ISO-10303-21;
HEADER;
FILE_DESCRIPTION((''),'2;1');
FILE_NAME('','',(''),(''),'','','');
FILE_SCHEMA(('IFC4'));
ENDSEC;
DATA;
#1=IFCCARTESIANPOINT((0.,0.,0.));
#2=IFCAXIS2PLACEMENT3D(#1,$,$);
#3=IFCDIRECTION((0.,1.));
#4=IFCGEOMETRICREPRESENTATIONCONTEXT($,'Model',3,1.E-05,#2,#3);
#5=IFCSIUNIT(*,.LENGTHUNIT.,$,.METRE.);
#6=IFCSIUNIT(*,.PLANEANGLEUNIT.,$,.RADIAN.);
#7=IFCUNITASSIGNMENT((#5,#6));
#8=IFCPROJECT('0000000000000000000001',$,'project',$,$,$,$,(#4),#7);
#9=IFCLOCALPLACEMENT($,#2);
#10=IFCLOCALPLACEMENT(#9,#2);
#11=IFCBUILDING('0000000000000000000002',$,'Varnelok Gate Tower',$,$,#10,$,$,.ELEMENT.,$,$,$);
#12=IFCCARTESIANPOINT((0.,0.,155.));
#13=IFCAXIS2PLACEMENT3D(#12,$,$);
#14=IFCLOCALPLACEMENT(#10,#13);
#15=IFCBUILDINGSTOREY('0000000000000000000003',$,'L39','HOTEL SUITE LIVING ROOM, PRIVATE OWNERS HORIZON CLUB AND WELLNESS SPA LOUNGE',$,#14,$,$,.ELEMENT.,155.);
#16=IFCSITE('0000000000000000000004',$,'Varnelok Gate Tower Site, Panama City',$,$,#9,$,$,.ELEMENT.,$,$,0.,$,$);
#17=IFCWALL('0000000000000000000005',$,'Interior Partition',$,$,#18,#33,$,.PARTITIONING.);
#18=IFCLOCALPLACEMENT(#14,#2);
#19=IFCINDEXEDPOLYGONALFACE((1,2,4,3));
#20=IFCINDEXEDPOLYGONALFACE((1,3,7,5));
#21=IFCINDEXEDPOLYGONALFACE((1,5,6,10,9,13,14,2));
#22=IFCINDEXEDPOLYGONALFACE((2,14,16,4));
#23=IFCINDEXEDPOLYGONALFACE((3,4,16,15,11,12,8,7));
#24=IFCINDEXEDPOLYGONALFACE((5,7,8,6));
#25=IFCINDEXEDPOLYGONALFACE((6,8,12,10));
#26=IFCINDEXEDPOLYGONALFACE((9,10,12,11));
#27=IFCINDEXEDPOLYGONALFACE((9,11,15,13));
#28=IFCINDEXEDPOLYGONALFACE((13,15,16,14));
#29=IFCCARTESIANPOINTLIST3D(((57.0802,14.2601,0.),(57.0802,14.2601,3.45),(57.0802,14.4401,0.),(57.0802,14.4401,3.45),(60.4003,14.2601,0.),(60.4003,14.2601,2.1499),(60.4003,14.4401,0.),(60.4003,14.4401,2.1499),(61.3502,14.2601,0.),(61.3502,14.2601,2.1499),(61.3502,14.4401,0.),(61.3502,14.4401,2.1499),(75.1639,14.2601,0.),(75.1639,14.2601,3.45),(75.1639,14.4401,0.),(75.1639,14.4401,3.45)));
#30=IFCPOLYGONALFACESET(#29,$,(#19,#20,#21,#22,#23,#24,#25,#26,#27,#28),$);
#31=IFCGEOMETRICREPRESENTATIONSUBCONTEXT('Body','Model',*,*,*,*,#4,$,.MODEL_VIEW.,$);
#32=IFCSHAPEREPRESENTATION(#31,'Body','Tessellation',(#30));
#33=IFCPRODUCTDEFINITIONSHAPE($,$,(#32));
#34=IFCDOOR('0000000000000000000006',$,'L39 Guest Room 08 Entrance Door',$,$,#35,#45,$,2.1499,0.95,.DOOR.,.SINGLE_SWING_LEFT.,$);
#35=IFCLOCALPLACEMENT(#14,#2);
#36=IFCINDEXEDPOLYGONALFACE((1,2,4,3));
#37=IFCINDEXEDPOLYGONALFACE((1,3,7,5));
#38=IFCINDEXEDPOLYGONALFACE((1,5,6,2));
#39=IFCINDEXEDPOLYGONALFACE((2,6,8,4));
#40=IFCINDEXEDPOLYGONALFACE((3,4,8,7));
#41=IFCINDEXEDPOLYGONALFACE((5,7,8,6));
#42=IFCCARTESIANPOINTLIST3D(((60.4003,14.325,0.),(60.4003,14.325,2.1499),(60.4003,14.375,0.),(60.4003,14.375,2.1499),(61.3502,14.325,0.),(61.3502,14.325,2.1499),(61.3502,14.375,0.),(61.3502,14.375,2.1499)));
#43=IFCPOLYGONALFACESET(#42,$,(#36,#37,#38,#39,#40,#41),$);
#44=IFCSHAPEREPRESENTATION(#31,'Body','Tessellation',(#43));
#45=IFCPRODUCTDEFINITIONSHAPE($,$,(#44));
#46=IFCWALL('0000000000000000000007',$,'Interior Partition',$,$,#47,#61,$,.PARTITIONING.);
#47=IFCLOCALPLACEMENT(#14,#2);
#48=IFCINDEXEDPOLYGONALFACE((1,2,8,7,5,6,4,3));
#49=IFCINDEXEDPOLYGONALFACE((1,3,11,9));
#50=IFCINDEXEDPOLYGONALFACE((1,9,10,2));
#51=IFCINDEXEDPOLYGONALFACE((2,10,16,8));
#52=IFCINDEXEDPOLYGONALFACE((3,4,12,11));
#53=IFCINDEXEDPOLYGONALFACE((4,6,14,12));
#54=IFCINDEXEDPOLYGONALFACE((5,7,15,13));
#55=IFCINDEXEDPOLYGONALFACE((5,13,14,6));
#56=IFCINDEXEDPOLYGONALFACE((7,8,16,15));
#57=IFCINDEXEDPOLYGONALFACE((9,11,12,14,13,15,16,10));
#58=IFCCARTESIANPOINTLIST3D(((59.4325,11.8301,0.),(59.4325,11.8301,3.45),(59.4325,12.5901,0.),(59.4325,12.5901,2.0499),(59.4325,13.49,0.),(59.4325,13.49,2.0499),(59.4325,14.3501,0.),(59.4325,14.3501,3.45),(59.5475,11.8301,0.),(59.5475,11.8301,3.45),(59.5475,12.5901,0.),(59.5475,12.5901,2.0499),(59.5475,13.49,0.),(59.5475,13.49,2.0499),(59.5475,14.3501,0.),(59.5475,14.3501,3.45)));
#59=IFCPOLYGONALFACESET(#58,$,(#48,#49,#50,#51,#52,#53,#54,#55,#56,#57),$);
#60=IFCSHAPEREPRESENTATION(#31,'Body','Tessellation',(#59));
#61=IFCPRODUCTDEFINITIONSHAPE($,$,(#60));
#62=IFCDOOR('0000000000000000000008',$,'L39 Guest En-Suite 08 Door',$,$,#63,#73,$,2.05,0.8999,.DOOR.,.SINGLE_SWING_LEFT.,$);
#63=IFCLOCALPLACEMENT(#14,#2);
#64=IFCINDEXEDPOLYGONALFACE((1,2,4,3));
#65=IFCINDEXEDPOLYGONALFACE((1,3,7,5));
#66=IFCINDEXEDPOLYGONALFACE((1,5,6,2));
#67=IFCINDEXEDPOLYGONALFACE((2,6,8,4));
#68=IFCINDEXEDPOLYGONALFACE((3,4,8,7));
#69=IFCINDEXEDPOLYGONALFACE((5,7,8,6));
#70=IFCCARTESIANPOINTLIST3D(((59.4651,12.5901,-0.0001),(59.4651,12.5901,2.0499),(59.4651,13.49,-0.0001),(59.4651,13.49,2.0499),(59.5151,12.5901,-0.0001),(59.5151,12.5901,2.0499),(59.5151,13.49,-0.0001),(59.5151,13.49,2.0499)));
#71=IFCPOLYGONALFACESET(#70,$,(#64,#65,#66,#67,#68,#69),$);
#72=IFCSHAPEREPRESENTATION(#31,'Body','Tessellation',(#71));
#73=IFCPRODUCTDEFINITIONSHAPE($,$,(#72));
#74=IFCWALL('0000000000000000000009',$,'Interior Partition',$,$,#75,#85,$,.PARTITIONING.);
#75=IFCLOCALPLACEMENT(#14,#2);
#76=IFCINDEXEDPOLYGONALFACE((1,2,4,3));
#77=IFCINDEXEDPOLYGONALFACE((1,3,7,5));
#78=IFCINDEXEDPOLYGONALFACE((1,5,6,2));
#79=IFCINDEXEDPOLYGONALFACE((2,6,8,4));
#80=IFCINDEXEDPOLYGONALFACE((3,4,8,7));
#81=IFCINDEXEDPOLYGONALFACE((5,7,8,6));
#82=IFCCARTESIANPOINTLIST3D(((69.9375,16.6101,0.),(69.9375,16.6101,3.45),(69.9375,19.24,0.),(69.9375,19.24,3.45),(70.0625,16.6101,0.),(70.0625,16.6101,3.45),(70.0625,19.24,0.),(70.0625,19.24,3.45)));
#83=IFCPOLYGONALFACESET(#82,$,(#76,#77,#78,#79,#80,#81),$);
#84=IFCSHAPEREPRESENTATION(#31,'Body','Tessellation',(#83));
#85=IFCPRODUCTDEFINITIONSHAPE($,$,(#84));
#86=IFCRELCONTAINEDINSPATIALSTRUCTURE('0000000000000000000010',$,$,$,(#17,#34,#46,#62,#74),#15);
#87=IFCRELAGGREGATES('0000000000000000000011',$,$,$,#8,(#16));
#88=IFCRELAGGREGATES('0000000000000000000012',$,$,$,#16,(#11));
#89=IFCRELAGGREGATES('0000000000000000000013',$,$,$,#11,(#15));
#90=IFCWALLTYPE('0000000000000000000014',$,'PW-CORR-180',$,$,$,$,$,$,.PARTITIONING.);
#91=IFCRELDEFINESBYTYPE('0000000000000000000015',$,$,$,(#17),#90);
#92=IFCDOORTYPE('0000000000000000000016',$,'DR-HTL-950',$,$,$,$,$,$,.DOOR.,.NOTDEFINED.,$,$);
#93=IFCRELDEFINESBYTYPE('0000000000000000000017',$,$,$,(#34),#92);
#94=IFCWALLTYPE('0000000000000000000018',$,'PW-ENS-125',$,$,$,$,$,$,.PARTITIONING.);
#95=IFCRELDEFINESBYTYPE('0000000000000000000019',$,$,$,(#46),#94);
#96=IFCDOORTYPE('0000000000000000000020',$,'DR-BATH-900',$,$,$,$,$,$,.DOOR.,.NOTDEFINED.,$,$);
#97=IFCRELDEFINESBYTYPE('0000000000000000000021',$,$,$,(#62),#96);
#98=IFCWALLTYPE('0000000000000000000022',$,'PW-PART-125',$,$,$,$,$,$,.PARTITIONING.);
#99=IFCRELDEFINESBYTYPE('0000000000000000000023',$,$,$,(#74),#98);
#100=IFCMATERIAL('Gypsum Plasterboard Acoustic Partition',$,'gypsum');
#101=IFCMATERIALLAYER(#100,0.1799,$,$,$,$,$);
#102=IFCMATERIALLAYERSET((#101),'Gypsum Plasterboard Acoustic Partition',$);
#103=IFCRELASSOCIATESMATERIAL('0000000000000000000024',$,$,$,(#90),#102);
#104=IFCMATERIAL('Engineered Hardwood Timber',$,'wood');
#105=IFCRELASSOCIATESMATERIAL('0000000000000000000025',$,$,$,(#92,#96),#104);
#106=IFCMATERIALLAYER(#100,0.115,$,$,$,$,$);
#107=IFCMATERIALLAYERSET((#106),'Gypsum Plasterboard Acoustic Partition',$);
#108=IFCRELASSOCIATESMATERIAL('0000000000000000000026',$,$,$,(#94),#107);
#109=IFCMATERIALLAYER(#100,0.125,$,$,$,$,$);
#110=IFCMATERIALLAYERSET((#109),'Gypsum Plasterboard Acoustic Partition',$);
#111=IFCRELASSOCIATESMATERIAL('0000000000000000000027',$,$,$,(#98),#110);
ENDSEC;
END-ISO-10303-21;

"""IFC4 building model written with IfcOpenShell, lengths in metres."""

from ifc_helpers import new_model, si_unit, direction, frame, frame_2d, origin, place, context, subcontext, project, spatial, rectangle, extrude, material, layer, layer_set, type_object, element, fill, save


model = new_model("IFC4")

# Units and contexts
model_context = context("Model", 3, precision=1e-05, world=origin(), true_north=direction((0.0, 1.0)))
body_context = subcontext(model_context, "Body", "Model", "MODEL_VIEW")
ifc_project = project(units=[si_unit("LENGTHUNIT", "METRE"), si_unit("PLANEANGLEUNIT", "RADIAN")], contexts=[model_context])

# Site, building, storey
site_placement = place(None, origin())
site = spatial("IfcSite", under=ifc_project, at=site_placement, Name="Varnelok Gate Tower Site, Panama City", CompositionType="ELEMENT", RefElevation=0.0)
building_placement = place(site_placement, origin())
building = spatial("IfcBuilding", under=site, at=building_placement, Name="Varnelok Gate Tower", CompositionType="ELEMENT")
storey_placement = place(building_placement, frame((0.0, 0.0, 155.0)))
storey = spatial("IfcBuildingStorey", under=building, at=storey_placement, Name="L39", Description="HOTEL SUITE LIVING ROOM, PRIVATE OWNERS HORIZON CLUB AND WELLNESS SPA LOUNGE", CompositionType="ELEMENT", Elevation=155.0)

# Walls, openings, doors
ifc_material_1 = material(Name="Gypsum Plasterboard Acoustic Partition", Category="gypsum")
ifc_layer_1 = layer(ifc_material_1, 0.1799)
ifc_layer_set_1 = layer_set([ifc_layer_1], Name="Gypsum Plasterboard Acoustic Partition")
wall_type_1 = type_object("IfcWallType", Name="PW-CORR-180", PredefinedType="PARTITIONING", material=ifc_layer_set_1)
wall_1_placement = place(storey_placement, frame((57.0801, 14.3501, 0.0), z_axis=(0.0, 0.0, 1.0), x_axis=(1.0, 0.0, 0.0)))
wall_1 = element("IfcWall", 1, at=wall_1_placement, inside=storey, type_object=wall_type_1, Name="Interior Partition", PredefinedType="PARTITIONING", context=body_context, shape_type="SweptSolid", body=[
    extrude(rectangle(XDim=18.0837, YDim=0.1799, at=frame_2d((9.042, 0.0))), origin(), (0.0, 0.0, 1.0), 3.45),
])
opening_1_placement = place(wall_1_placement, frame((3.3201, 0.0, 0.0)))
opening_1 = element("IfcOpeningElement", 2, at=opening_1_placement, cuts=wall_1, PredefinedType="OPENING", context=body_context, shape_type="SweptSolid", body=[
    extrude(rectangle(XDim=0.95, YDim=2.1499, at=frame_2d((0.4751, 1.075))), frame((0.0, 0.0999, 0.0), z_axis=(0.0, -1.0, 0.0), x_axis=(1.0, 0.0, 0.0)), (0.0, 0.0, 1.0), 0.2),
])
ifc_material_2 = material(Name="Engineered Hardwood Timber", Category="wood")
door_type_1 = type_object("IfcDoorType", Name="DR-HTL-950", OperationType="NOTDEFINED", PredefinedType="DOOR", material=ifc_material_2)
door_1_placement = place(opening_1_placement, origin())
door_1 = element("IfcDoor", 3, at=door_1_placement, inside=storey, type_object=door_type_1, Name="L39 Guest Room 08 Entrance Door", OperationType="SINGLE_SWING_LEFT", OverallHeight=2.1499, OverallWidth=0.95, PredefinedType="DOOR", context=body_context, shape_type="SweptSolid", body=[
    extrude(rectangle(XDim=0.95, YDim=2.1499, at=frame_2d((0.4751, 1.075))), frame((0.0, 0.0249, 0.0), z_axis=(0.0, -1.0, 0.0), x_axis=(1.0, 0.0, 0.0)), (0.0, 0.0, 1.0), 0.05),
])
fill(opening_1, door_1)
ifc_layer_2 = layer(ifc_material_1, 0.115)
ifc_layer_set_2 = layer_set([ifc_layer_2], Name="Gypsum Plasterboard Acoustic Partition")
wall_type_2 = type_object("IfcWallType", Name="PW-ENS-125", PredefinedType="PARTITIONING", material=ifc_layer_set_2)
wall_2_placement = place(storey_placement, frame((59.49, 11.8301, 0.0), z_axis=(0.0, 0.0, 1.0), x_axis=(0.0, 1.0, 0.0)))
wall_2 = element("IfcWall", 4, at=wall_2_placement, inside=storey, type_object=wall_type_2, Name="Interior Partition", PredefinedType="PARTITIONING", context=body_context, shape_type="SweptSolid", body=[
    extrude(rectangle(XDim=2.52, YDim=0.115, at=frame_2d((1.26, 0.0))), origin(), (0.0, 0.0, 1.0), 3.45),
])
opening_2_placement = place(wall_2_placement, frame((0.76, 0.0, 0.0)))
opening_2 = element("IfcOpeningElement", 5, at=opening_2_placement, cuts=wall_2, PredefinedType="OPENING", context=body_context, shape_type="SweptSolid", body=[
    extrude(rectangle(XDim=0.8999, YDim=2.05, at=frame_2d((0.45, 1.0249))), frame((0.0, 0.0674, 0.0), z_axis=(0.0, -1.0, 0.0), x_axis=(1.0, 0.0, 0.0)), (0.0, 0.0, 1.0), 0.135),
])
door_type_2 = type_object("IfcDoorType", Name="DR-BATH-900", OperationType="NOTDEFINED", PredefinedType="DOOR", material=ifc_material_2)
door_2_placement = place(opening_2_placement, origin())
door_2 = element("IfcDoor", 6, at=door_2_placement, inside=storey, type_object=door_type_2, Name="L39 Guest En-Suite 08 Door", OperationType="SINGLE_SWING_LEFT", OverallHeight=2.05, OverallWidth=0.8999, PredefinedType="DOOR", context=body_context, shape_type="SweptSolid", body=[
    extrude(rectangle(XDim=0.8999, YDim=2.05, at=frame_2d((0.45, 1.0249))), frame((0.0, 0.0249, 0.0), z_axis=(0.0, -1.0, 0.0), x_axis=(1.0, 0.0, 0.0)), (0.0, 0.0, 1.0), 0.05),
])
fill(opening_2, door_2)

# Wall
ifc_layer_3 = layer(ifc_material_1, 0.125)
ifc_layer_set_3 = layer_set([ifc_layer_3], Name="Gypsum Plasterboard Acoustic Partition")
wall_type_3 = type_object("IfcWallType", Name="PW-PART-125", PredefinedType="PARTITIONING", material=ifc_layer_set_3)
wall_3_placement = place(storey_placement, frame((70.0, 16.6101, 0.0), z_axis=(0.0, 0.0, 1.0), x_axis=(0.0, 1.0, 0.0)))
element("IfcWall", 7, at=wall_3_placement, inside=storey, type_object=wall_type_3, Name="Interior Partition", PredefinedType="PARTITIONING", context=body_context, shape_type="SweptSolid", body=[
    extrude(rectangle(XDim=2.6299, YDim=0.125, at=frame_2d((1.3149, 0.0))), origin(), (0.0, 0.0, 1.0), 3.45),
])

save(model, "model.ifc")
